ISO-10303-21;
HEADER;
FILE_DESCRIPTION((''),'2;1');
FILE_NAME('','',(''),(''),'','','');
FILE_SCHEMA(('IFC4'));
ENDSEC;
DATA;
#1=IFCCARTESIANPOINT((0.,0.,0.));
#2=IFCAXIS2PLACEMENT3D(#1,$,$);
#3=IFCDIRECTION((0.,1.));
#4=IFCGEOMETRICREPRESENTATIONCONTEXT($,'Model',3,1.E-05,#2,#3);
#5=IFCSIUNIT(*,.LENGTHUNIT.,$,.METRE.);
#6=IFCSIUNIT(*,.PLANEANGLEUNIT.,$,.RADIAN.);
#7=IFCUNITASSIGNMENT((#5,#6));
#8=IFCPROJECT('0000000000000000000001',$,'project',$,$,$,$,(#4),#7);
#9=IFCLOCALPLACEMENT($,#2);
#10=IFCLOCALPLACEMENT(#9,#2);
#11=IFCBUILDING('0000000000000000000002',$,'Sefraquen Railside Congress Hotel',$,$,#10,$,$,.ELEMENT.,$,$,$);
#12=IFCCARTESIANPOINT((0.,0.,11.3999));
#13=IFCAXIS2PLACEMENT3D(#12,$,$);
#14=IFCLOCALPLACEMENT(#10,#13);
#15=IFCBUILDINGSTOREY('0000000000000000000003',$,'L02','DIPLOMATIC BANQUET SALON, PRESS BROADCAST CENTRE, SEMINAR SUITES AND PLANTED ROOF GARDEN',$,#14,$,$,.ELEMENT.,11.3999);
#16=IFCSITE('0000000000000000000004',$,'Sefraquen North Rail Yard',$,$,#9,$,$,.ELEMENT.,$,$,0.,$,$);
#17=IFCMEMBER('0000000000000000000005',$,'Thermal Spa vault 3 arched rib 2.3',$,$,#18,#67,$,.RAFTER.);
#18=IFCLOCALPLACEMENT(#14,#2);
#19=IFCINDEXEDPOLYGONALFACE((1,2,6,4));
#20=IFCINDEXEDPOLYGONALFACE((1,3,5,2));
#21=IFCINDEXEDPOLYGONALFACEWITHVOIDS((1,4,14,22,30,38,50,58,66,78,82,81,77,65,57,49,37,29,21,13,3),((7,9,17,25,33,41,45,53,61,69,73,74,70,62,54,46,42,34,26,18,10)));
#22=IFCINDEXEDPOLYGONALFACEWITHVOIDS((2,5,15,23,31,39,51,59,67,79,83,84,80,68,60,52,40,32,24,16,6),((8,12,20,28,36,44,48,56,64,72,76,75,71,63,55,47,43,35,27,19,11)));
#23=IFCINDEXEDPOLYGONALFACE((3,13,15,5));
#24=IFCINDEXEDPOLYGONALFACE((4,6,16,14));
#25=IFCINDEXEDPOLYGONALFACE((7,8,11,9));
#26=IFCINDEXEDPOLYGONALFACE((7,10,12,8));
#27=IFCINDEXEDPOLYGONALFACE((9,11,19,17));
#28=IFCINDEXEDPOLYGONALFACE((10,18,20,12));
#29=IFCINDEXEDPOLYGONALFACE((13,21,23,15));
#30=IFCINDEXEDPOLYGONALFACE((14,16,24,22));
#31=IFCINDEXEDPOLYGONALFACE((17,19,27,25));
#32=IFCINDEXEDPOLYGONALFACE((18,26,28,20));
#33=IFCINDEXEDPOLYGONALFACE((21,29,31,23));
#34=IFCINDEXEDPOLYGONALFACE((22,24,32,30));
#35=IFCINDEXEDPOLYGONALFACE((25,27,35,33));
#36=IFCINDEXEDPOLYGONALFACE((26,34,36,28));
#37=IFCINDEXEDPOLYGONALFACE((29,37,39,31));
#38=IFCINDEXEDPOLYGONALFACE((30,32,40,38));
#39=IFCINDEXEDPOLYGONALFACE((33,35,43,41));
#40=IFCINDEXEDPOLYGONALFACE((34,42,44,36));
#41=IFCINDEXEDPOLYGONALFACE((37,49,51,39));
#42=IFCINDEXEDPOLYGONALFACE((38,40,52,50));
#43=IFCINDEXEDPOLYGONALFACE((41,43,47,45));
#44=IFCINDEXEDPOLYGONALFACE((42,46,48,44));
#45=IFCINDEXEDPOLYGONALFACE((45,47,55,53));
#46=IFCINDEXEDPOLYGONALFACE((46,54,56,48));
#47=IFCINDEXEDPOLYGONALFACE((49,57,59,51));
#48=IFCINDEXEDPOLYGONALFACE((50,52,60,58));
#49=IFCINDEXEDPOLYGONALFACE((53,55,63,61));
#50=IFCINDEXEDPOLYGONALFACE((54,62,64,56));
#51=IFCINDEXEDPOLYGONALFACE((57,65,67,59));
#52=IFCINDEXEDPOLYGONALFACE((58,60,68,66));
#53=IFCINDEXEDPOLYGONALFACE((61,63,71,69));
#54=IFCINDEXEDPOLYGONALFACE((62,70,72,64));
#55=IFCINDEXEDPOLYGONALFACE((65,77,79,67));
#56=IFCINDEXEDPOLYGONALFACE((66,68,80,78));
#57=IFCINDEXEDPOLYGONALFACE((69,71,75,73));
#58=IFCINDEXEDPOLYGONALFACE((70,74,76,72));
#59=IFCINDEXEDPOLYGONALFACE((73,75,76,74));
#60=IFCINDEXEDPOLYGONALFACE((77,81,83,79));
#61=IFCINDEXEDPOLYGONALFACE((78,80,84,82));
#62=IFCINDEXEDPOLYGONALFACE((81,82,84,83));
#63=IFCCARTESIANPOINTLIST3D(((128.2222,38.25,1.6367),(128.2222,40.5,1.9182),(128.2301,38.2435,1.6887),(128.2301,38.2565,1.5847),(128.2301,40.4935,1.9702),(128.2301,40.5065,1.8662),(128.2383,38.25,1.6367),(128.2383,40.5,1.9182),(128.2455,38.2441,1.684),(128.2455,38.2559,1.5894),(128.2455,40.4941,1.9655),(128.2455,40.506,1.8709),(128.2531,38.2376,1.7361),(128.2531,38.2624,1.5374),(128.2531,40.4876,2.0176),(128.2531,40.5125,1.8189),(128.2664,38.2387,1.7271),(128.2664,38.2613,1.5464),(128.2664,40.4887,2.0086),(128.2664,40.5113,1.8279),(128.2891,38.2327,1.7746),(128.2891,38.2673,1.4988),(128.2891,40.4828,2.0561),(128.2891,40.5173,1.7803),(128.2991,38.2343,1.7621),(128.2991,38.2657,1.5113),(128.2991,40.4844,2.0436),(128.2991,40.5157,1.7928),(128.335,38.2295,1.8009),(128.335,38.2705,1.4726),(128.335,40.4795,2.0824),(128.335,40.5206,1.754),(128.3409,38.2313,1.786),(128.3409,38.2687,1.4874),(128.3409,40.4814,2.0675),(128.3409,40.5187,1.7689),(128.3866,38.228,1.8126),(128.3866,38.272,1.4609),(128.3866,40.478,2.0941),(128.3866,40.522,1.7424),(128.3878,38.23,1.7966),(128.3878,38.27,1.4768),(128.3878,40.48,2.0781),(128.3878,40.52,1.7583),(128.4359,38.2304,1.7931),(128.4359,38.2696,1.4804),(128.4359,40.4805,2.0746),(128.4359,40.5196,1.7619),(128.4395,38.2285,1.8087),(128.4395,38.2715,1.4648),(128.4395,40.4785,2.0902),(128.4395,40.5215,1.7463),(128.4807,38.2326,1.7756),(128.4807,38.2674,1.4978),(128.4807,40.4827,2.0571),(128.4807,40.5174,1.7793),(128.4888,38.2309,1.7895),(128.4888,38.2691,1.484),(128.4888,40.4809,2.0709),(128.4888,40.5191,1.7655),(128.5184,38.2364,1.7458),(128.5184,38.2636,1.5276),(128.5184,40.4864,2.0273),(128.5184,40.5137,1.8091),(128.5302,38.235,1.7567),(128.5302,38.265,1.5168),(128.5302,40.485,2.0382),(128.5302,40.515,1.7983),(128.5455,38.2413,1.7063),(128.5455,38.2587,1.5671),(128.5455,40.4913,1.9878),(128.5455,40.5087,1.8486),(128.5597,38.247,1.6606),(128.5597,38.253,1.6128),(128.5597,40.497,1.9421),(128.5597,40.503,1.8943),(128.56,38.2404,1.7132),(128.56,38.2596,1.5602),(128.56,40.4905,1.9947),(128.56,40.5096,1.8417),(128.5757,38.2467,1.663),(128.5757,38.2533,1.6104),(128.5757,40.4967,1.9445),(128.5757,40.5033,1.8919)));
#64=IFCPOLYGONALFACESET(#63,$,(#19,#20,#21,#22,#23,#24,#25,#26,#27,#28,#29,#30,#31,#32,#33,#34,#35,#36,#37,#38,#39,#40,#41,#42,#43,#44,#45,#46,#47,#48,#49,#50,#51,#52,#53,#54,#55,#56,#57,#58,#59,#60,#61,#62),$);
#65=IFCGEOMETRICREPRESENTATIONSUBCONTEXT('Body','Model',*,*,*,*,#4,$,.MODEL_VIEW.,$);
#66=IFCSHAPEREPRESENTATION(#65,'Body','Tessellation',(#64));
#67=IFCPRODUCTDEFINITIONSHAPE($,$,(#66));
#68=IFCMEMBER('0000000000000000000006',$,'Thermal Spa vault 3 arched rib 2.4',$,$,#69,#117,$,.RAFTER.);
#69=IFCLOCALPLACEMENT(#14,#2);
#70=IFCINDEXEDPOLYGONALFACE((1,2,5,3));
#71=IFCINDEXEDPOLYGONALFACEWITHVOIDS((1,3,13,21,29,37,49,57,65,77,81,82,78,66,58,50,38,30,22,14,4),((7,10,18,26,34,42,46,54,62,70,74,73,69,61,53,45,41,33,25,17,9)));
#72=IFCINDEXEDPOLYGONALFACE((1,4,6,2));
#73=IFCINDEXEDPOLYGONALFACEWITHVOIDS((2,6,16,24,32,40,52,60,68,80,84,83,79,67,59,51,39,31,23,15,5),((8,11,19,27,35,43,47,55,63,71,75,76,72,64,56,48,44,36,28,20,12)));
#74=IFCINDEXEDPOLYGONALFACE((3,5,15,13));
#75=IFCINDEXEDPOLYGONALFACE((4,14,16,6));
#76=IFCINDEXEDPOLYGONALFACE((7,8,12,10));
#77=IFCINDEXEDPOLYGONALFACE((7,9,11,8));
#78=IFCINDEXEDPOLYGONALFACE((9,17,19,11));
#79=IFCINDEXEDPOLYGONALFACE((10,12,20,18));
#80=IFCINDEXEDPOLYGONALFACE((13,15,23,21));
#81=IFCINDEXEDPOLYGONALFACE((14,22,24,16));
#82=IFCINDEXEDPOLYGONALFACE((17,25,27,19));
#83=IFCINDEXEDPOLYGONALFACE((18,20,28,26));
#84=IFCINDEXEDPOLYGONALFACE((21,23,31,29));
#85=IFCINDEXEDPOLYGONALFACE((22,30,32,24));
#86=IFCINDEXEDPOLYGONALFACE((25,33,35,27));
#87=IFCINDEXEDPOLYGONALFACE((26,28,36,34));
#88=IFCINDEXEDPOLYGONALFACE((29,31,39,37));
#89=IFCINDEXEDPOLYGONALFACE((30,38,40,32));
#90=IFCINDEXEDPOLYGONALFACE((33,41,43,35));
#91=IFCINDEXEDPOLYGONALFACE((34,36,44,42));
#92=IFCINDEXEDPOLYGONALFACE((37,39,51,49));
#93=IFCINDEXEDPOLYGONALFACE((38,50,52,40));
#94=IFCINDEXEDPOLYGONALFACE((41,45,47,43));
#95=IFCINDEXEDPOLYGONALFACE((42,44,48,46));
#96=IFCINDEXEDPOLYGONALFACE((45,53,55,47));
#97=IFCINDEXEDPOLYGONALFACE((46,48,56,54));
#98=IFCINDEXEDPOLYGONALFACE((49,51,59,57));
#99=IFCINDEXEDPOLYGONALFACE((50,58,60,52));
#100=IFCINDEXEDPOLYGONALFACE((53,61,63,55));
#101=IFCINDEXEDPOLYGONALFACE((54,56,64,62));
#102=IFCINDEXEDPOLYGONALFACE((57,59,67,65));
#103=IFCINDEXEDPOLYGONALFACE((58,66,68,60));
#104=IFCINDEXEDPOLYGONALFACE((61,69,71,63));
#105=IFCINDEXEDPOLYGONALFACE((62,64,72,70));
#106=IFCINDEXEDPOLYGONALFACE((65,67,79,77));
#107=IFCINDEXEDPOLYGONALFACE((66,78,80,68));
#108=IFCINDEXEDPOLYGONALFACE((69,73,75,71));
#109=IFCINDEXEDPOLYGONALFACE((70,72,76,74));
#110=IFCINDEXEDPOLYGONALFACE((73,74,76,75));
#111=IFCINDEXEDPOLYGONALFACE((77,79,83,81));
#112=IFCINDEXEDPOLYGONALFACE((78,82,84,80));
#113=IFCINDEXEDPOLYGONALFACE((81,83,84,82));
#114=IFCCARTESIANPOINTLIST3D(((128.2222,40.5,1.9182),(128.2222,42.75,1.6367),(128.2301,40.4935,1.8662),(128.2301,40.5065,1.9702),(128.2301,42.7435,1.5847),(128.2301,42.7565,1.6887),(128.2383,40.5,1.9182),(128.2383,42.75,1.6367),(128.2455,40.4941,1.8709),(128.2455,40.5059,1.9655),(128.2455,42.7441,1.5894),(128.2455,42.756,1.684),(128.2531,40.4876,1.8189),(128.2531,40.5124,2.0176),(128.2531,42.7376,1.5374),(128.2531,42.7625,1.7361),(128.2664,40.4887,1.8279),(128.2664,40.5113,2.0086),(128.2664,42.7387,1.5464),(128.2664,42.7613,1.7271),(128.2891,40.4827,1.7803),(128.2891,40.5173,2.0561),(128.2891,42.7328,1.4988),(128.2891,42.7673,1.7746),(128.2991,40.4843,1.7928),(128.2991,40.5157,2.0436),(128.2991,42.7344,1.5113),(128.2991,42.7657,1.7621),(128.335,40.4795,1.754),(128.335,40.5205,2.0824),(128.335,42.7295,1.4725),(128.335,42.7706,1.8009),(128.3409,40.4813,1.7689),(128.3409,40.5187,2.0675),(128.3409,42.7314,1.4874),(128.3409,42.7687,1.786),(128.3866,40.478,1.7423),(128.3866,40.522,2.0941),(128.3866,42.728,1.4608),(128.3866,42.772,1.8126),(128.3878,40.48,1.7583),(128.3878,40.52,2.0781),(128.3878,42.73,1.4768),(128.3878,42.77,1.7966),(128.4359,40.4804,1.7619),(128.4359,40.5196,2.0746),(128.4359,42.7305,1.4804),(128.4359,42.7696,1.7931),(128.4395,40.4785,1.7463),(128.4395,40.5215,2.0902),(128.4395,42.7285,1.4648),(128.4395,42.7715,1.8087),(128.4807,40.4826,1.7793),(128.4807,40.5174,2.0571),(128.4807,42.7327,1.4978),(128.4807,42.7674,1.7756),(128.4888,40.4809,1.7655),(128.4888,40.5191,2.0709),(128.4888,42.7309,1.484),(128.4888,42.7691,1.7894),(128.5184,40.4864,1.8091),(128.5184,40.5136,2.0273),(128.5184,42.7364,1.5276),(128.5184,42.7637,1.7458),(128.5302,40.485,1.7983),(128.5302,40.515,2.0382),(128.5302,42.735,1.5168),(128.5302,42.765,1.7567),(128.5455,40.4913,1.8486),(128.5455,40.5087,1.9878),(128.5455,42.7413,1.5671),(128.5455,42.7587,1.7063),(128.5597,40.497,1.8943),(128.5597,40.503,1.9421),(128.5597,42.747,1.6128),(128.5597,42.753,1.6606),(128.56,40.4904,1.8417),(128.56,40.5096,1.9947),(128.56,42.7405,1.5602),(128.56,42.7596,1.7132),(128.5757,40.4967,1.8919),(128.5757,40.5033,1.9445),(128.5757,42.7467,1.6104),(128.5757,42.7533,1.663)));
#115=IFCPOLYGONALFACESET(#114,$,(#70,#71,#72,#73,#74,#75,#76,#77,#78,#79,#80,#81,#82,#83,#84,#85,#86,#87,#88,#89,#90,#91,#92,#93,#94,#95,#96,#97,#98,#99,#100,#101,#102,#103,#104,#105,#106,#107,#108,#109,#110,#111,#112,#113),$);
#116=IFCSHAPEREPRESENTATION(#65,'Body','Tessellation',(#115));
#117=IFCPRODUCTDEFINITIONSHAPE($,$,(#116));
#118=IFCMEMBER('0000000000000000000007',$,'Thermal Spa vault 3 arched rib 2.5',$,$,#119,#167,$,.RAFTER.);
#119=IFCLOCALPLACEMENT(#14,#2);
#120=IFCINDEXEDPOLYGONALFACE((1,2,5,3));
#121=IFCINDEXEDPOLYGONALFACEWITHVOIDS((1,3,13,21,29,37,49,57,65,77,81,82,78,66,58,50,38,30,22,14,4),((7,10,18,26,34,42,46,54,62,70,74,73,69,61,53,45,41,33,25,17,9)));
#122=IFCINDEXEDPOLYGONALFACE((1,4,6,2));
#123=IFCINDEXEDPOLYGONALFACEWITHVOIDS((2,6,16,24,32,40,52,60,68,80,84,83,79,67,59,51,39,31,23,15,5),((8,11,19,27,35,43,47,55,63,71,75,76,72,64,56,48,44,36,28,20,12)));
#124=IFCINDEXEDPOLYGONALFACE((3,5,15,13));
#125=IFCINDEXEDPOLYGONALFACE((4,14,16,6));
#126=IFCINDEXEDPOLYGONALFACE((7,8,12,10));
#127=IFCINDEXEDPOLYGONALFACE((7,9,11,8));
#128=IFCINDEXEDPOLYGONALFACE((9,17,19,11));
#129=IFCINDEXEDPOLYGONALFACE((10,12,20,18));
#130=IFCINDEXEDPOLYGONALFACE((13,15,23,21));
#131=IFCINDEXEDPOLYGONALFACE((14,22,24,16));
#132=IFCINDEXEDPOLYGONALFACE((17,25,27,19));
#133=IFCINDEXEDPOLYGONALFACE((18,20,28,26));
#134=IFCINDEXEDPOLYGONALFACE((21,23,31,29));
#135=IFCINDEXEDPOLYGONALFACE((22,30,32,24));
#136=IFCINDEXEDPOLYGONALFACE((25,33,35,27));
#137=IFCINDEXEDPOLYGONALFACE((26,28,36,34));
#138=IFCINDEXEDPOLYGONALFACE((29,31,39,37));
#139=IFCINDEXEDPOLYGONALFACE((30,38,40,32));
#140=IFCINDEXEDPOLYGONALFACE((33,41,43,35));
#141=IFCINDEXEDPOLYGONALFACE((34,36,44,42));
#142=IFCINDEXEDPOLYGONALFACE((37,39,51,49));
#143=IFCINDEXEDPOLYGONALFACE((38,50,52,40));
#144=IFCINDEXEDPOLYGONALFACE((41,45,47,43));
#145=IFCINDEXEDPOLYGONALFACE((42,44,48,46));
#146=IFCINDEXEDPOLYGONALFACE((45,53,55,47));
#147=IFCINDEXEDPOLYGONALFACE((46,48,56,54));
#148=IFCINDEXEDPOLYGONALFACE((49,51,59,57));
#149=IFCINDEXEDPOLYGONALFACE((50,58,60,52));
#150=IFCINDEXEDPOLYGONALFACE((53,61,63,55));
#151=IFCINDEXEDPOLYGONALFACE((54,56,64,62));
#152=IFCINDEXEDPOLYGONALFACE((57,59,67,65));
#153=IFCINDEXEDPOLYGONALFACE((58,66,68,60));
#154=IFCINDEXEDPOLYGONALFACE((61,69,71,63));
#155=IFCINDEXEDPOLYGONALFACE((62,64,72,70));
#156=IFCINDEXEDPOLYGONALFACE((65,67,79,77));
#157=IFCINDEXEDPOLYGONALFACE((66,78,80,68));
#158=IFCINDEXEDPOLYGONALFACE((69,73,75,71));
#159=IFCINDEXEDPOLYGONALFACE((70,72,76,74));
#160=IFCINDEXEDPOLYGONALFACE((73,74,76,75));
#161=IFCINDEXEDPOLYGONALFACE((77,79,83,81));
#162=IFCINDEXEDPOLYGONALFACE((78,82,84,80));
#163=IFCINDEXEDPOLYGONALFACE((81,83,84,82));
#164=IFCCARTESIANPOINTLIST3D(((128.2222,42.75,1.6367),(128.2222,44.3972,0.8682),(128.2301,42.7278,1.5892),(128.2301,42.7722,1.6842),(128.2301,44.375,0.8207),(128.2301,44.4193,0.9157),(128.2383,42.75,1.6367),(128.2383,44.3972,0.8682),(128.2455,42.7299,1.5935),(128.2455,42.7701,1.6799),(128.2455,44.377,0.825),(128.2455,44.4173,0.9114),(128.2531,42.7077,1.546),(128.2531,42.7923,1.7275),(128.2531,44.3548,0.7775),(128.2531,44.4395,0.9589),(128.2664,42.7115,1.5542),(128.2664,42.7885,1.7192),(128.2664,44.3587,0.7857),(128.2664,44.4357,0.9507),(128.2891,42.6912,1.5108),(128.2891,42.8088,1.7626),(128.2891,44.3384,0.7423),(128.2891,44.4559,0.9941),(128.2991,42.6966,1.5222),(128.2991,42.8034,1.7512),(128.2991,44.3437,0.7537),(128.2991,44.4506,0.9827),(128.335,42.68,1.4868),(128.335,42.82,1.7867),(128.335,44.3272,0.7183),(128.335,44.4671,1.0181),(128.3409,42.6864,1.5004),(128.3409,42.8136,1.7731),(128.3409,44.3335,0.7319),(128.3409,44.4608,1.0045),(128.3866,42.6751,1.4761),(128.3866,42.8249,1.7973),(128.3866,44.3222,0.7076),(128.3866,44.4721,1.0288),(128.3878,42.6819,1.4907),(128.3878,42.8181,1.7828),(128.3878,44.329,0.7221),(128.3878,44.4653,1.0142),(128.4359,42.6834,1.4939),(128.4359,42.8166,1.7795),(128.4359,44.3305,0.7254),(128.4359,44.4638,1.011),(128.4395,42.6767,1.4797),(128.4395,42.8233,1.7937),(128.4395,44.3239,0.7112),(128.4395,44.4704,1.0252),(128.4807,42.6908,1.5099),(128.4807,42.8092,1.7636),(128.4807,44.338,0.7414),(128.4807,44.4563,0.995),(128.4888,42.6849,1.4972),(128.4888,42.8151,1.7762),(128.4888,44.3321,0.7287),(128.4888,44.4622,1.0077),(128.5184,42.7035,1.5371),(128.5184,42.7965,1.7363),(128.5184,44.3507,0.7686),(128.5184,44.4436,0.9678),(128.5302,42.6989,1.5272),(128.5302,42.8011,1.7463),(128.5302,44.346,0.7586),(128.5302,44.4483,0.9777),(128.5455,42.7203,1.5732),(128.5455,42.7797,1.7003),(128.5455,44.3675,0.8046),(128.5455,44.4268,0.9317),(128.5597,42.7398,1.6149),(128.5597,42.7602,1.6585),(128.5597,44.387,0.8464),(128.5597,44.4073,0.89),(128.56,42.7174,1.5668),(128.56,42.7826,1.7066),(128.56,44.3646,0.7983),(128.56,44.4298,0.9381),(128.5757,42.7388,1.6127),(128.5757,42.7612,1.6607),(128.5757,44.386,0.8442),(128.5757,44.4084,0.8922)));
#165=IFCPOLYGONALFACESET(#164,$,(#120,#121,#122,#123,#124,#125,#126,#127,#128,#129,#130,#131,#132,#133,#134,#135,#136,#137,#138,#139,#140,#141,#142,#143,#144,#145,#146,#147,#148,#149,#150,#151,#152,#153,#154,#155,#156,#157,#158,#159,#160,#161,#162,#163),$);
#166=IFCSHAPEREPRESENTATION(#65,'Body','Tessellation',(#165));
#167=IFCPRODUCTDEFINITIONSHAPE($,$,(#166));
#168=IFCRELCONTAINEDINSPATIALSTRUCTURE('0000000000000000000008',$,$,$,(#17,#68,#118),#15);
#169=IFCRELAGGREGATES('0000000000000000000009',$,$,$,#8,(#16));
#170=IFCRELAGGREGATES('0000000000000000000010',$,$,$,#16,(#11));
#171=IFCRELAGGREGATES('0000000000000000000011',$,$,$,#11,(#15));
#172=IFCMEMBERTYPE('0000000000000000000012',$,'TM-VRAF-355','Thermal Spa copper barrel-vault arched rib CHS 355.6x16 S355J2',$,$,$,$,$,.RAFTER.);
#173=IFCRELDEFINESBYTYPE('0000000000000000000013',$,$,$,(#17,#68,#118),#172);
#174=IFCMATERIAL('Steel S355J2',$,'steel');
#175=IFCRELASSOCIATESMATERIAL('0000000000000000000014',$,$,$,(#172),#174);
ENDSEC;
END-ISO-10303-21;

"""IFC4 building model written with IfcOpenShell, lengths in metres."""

from ifc_helpers import new_model, si_unit, direction, frame, origin, origin_2d, place, context, subcontext, project, spatial, hollow_circle, extrude, material, material_profile, profile_set, type_object, element, save


model = new_model("IFC4")

# Units and contexts
model_context = context("Model", 3, precision=1e-05, world=origin(), true_north=direction((0.0, 1.0)))
body_context = subcontext(model_context, "Body", "Model", "MODEL_VIEW")
ifc_project = project(units=[si_unit("LENGTHUNIT", "METRE"), si_unit("PLANEANGLEUNIT", "RADIAN")], contexts=[model_context])

# Site, building, storey
site_placement = place(None, origin())
site = spatial("IfcSite", under=ifc_project, at=site_placement, Name="Sefraquen North Rail Yard", CompositionType="ELEMENT", RefElevation=0.0)
building_placement = place(site_placement, origin())
building = spatial("IfcBuilding", under=site, at=building_placement, Name="Sefraquen Railside Congress Hotel", CompositionType="ELEMENT")
storey_placement = place(building_placement, frame((0.0, 0.0, 11.3999)))
storey = spatial("IfcBuildingStorey", under=building, at=storey_placement, Name="L02", Description="DIPLOMATIC BANQUET SALON, PRESS BROADCAST CENTRE, SEMINAR SUITES AND PLANTED ROOF GARDEN", CompositionType="ELEMENT", Elevation=11.3999)

# Members
ifc_material_1 = material(Name="Steel S355J2", Category="steel")
ifc_material_profile_1 = material_profile(ifc_material_1, hollow_circle(Radius=0.1777, WallThickness=0.0161, at=origin_2d()), Name="CHS 355.6x16")
ifc_profile_set_1 = profile_set([ifc_material_profile_1], Name="Steel S355J2")
member_type = type_object("IfcMemberType", Name="TM-VRAF-355", Description="Thermal Spa copper barrel-vault arched rib CHS 355.6x16 S355J2", PredefinedType="RAFTER", material=ifc_profile_set_1)
for number, where, z_axis, x_axis, name in (
    (1, (128.3999, 38.25, 1.6367), (0.0, 0.992265, 0.124141), (-1.0, 0.0, 0.0), "Thermal Spa vault 3 arched rib 2.3"),
    (2, (128.3999, 40.5, 1.9182), (0.0, 0.992265, -0.124141), (-1.0, 0.0, 0.0), "Thermal Spa vault 3 arched rib 2.4"),
):
    element("IfcMember", number, at=place(storey_placement, frame(where, z_axis=z_axis, x_axis=x_axis)), inside=storey, type_object=member_type, Name=name, PredefinedType="RAFTER", context=body_context, shape_type="SweptSolid", body=[
        extrude(hollow_circle(Radius=0.1777, WallThickness=0.0161, at=origin_2d()), origin(), (0.0, 0.0, 1.0), 2.2676),
    ])
member_1_placement = place(storey_placement, frame((128.3999, 42.75, 1.6367), z_axis=(0.0, 0.906214, -0.422819), x_axis=(-1.0, 0.0, 0.0)))
element("IfcMember", 3, at=member_1_placement, inside=storey, type_object=member_type, Name="Thermal Spa vault 3 arched rib 2.5", PredefinedType="RAFTER", context=body_context, shape_type="SweptSolid", body=[
    extrude(hollow_circle(Radius=0.1777, WallThickness=0.0161, at=origin_2d()), origin(), (0.0, 0.0, 1.0), 1.8176),
])

save(model, "model.ifc")
